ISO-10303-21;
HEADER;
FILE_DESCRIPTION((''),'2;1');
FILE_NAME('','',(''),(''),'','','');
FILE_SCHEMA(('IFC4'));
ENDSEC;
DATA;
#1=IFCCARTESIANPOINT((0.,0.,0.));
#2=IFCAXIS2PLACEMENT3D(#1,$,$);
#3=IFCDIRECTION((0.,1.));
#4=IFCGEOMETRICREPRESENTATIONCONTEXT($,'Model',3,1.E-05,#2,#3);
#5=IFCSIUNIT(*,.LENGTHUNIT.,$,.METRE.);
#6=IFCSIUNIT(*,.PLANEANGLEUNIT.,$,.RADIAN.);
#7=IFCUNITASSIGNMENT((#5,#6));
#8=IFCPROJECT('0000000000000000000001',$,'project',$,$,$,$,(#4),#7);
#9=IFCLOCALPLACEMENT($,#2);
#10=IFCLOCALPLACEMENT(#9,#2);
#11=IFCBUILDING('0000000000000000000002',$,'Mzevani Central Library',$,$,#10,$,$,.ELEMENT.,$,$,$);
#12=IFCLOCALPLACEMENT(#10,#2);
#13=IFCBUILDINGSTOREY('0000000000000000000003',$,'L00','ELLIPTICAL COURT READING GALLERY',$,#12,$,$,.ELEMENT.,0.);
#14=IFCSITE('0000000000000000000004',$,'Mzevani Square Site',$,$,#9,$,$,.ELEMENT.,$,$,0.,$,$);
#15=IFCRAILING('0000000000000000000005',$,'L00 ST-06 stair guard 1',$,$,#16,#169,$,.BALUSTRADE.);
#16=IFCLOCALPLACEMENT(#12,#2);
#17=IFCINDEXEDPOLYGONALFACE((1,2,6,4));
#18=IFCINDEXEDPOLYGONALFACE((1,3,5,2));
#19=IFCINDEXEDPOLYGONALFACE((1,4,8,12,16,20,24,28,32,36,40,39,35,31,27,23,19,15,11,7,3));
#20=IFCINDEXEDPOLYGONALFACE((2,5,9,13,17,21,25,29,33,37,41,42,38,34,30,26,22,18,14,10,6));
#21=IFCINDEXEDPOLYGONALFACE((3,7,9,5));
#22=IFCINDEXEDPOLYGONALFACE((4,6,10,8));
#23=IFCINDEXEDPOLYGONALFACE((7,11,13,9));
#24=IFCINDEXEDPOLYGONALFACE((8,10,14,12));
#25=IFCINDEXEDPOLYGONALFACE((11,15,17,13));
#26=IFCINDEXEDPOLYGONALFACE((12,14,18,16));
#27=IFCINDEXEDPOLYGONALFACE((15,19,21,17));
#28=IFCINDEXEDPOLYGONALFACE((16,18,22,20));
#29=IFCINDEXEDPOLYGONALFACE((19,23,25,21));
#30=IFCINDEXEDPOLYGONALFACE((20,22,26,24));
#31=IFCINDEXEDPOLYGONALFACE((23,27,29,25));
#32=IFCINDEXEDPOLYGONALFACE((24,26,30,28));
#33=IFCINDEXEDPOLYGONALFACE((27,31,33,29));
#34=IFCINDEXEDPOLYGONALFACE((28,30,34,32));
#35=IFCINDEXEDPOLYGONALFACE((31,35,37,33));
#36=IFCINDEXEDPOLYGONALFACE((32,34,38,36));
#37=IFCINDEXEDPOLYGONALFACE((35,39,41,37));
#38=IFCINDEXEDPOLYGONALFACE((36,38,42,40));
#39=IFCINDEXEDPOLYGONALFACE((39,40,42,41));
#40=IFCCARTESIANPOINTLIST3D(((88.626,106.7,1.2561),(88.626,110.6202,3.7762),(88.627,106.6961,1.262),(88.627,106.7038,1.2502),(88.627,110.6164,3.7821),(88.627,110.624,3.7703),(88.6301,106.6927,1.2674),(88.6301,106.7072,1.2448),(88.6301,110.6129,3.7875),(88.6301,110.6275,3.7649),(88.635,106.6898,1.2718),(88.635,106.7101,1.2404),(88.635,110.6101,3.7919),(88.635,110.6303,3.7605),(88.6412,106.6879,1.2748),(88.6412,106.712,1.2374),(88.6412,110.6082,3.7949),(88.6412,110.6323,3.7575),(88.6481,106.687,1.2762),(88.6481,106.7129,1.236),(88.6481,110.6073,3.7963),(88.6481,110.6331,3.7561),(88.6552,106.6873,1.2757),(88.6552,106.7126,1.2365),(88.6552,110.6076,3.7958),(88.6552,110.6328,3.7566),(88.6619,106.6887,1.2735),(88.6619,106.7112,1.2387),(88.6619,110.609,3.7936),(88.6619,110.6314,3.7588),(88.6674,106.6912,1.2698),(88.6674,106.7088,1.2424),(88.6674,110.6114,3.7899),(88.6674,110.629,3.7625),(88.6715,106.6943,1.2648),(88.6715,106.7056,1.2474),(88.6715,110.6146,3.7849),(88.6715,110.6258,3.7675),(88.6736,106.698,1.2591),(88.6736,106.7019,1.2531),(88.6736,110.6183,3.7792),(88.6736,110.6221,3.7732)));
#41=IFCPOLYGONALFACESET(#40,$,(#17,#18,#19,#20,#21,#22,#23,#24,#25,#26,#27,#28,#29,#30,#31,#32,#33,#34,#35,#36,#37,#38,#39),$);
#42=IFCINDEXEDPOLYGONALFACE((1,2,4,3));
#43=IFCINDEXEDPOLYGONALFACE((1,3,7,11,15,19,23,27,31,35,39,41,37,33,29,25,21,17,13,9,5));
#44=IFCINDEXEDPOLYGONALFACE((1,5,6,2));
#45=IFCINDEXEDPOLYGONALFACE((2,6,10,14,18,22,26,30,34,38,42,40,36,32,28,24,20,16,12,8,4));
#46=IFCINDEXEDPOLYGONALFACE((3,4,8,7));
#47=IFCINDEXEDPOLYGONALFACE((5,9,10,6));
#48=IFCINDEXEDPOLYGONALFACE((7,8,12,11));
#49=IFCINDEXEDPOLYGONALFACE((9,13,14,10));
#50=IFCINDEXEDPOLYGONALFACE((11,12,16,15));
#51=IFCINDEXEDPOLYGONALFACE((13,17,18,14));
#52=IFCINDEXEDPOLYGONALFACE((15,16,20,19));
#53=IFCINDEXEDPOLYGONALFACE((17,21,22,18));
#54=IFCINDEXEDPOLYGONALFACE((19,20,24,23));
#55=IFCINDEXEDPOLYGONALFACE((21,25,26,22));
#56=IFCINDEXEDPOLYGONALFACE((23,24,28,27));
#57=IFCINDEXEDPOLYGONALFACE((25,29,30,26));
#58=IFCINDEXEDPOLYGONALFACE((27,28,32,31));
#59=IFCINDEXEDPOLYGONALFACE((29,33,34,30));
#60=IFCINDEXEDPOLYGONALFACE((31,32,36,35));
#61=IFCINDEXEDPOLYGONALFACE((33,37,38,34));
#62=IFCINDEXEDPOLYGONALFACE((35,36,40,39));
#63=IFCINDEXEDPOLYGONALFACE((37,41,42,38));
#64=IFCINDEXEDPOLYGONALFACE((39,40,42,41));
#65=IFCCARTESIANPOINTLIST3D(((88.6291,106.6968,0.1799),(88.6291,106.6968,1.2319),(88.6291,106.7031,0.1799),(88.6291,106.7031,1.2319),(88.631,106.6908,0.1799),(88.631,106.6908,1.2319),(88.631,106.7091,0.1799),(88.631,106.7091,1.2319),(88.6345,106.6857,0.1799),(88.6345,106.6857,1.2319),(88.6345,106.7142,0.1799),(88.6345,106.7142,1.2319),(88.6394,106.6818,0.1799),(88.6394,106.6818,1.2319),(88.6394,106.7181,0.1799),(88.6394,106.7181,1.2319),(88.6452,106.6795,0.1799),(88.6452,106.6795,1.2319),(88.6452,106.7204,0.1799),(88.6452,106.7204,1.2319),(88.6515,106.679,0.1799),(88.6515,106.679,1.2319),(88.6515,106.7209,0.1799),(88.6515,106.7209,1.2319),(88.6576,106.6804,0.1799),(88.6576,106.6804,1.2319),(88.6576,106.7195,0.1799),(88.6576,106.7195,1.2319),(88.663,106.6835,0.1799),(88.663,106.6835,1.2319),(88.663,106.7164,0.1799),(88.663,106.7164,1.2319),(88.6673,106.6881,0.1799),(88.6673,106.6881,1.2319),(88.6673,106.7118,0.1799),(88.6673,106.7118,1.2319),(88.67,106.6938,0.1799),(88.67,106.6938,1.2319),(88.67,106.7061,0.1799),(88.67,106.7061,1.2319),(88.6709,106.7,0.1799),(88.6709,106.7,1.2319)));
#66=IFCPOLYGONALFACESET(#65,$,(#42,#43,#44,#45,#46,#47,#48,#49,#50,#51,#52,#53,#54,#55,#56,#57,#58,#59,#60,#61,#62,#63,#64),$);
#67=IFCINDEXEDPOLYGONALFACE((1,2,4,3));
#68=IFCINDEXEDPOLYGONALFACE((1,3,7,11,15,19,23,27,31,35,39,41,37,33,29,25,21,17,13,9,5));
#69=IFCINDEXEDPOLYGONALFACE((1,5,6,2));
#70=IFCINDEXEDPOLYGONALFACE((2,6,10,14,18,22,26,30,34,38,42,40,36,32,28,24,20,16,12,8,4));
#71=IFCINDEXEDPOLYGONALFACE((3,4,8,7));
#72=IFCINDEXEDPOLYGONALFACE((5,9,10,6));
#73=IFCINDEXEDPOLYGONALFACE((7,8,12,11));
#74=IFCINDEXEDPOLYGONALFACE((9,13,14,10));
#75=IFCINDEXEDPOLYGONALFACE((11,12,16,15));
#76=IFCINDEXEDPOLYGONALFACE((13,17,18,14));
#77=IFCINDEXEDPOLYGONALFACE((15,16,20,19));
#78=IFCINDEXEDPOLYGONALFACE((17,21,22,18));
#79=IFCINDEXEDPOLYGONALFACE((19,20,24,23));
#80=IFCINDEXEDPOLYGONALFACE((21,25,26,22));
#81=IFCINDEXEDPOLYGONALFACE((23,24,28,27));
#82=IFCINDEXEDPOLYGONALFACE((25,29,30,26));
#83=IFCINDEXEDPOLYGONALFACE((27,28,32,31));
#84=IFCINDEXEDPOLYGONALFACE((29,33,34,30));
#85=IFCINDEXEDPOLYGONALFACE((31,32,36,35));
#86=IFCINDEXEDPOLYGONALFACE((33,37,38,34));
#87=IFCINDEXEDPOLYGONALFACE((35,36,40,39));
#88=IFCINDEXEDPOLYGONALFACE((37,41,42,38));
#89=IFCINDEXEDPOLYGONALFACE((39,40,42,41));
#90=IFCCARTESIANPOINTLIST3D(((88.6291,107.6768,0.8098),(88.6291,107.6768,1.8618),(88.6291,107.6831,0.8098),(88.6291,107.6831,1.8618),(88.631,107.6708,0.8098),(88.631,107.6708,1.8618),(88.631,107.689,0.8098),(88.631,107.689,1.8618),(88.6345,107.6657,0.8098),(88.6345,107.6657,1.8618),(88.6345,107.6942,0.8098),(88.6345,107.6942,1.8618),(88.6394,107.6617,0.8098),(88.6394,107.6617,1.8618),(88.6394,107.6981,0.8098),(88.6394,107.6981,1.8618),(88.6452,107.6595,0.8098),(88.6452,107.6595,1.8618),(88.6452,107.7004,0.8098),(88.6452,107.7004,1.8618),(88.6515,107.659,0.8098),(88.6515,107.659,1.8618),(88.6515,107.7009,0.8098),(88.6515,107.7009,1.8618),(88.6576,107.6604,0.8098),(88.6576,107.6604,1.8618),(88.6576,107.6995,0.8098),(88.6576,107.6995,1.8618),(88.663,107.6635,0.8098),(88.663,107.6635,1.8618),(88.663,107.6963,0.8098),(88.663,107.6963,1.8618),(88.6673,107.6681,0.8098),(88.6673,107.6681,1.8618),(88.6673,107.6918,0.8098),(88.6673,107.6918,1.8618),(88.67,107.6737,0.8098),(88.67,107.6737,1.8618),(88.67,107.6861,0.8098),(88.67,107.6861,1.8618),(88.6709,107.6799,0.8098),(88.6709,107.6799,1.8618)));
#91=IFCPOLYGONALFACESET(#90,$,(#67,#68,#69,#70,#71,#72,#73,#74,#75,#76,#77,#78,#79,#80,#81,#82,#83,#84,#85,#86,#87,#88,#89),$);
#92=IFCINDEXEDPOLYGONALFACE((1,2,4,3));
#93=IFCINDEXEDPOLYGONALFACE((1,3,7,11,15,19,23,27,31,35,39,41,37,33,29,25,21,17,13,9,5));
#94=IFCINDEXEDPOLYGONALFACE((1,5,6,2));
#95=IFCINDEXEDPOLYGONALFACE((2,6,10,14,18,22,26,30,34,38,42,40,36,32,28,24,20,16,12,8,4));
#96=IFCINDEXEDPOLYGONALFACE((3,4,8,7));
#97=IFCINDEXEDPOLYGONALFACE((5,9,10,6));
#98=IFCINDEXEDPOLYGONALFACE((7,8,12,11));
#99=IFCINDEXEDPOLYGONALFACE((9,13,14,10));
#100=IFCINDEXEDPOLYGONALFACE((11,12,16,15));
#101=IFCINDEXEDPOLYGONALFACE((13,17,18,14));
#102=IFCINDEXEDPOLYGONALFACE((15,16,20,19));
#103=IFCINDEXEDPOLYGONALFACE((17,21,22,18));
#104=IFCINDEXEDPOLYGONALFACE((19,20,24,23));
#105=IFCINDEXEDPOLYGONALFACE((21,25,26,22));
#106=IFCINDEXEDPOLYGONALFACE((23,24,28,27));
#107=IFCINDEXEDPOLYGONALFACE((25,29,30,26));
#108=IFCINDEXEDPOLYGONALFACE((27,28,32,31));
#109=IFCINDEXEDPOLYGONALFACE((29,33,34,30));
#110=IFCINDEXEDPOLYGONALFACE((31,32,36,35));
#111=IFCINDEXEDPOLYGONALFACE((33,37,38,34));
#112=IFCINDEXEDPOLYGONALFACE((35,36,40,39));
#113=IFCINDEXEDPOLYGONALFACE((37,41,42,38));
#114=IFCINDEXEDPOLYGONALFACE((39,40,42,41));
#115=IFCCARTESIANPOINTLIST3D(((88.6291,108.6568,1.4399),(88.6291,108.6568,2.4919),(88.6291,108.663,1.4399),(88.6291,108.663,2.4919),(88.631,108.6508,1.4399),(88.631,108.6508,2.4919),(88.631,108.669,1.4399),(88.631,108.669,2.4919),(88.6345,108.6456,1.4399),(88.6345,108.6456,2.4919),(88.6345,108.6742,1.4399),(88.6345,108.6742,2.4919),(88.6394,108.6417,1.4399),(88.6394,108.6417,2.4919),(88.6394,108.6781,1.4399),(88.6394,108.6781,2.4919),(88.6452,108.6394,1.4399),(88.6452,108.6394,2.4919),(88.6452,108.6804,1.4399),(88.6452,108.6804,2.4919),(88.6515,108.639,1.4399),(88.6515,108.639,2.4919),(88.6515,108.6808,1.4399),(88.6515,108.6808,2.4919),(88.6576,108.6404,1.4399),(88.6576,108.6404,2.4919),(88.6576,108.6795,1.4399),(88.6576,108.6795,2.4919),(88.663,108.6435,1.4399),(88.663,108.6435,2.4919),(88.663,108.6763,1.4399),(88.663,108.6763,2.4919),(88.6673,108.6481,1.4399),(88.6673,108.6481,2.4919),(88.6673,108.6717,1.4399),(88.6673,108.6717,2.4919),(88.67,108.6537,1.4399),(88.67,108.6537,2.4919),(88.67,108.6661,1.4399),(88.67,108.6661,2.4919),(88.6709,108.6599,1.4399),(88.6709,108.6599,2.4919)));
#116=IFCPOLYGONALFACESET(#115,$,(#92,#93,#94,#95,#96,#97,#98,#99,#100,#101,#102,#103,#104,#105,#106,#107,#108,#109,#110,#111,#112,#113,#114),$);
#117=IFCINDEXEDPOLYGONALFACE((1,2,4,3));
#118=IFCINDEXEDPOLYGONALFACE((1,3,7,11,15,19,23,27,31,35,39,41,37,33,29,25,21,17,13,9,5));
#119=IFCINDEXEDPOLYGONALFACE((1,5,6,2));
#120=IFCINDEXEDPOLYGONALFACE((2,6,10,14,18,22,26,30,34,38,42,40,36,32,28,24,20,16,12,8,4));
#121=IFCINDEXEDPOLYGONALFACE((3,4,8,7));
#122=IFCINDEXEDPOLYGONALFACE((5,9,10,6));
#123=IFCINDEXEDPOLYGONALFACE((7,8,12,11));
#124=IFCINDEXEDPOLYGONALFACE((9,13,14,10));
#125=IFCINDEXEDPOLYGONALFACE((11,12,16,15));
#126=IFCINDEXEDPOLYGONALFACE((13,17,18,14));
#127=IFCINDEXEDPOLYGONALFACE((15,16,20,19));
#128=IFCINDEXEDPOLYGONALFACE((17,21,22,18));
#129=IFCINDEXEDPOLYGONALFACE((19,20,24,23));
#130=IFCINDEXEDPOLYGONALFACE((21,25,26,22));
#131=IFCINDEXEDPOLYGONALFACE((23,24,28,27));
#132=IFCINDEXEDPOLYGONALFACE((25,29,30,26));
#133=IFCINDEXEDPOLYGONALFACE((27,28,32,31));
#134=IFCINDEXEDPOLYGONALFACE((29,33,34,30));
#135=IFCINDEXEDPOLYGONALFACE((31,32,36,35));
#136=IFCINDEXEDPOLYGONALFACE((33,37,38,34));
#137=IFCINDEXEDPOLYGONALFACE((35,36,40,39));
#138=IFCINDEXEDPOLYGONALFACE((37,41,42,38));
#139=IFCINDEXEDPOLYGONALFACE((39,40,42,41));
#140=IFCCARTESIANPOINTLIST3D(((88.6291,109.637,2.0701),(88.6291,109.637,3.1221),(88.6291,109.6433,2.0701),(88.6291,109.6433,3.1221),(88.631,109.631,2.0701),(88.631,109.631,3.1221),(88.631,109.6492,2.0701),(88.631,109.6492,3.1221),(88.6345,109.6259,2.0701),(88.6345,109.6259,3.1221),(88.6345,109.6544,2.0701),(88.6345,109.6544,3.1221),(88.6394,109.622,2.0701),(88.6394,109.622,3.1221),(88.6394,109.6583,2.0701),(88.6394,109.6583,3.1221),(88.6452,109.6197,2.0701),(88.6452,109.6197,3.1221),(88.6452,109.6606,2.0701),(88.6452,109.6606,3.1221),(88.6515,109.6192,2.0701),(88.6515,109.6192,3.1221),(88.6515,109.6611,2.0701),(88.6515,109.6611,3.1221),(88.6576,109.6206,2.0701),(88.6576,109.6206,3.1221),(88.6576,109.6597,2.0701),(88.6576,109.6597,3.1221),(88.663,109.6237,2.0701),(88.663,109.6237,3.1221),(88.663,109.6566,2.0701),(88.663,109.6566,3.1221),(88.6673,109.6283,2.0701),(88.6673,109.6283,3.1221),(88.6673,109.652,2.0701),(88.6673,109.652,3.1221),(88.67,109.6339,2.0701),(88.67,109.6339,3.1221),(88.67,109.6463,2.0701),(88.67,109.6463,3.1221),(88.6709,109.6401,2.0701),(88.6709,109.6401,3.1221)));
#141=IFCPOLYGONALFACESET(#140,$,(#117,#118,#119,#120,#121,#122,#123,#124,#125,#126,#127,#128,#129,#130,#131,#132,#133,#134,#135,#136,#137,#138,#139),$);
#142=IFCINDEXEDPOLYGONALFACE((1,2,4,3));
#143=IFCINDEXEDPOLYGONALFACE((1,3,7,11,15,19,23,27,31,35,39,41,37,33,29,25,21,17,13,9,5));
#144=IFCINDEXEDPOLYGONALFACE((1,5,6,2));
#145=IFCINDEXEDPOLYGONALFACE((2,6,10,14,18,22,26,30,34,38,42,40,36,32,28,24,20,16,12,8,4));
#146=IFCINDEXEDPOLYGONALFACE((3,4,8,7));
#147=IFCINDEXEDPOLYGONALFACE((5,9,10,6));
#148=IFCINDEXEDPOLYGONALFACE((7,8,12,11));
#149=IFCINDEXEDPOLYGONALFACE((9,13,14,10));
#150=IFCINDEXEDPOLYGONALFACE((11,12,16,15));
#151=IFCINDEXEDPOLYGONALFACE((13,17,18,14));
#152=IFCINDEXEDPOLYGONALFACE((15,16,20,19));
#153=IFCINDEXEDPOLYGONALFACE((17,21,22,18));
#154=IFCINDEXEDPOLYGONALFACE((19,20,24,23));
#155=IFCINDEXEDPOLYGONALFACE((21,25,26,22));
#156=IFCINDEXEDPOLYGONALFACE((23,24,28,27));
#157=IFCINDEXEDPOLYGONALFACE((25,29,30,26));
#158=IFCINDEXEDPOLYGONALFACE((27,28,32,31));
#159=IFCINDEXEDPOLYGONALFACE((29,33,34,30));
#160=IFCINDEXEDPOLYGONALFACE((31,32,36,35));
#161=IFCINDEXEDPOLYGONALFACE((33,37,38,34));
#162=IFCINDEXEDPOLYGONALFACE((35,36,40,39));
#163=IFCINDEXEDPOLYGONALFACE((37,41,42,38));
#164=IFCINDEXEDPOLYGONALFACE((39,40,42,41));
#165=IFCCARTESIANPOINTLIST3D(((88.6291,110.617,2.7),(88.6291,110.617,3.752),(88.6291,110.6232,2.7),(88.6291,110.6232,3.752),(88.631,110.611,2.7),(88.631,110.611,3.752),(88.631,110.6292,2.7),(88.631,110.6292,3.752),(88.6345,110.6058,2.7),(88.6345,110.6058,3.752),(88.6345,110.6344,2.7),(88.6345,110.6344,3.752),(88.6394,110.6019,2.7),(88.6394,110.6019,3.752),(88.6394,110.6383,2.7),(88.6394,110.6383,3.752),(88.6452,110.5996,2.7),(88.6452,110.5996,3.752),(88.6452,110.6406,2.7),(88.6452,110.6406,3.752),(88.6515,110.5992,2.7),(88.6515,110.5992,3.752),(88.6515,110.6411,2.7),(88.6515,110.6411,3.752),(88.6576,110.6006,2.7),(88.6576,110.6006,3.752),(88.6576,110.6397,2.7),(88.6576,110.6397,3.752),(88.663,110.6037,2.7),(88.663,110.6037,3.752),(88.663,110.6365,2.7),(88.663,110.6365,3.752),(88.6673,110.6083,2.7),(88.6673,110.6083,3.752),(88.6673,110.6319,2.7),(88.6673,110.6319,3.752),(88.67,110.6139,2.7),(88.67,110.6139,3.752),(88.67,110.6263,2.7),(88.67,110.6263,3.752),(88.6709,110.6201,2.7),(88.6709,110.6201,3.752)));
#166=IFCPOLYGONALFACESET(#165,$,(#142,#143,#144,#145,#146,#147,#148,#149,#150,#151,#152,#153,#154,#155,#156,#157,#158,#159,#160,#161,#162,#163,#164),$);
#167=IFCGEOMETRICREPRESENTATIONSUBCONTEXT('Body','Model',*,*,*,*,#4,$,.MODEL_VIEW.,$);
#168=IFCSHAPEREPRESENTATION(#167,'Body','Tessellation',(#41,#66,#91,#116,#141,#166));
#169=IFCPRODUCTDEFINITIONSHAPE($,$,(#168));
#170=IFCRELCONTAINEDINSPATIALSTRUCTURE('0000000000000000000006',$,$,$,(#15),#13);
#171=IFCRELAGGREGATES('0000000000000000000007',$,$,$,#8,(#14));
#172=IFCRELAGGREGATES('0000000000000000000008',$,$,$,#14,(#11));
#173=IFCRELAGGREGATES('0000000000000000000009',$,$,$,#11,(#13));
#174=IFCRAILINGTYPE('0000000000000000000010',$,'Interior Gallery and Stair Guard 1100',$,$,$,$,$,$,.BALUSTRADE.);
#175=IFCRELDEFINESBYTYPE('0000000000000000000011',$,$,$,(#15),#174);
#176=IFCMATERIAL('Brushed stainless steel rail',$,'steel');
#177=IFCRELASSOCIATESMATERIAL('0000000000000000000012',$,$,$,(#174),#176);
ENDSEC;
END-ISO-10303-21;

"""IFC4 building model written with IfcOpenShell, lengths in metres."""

from ifc_helpers import new_model, si_unit, direction, frame, origin, origin_2d, place, context, subcontext, project, spatial, circle, extrude, material, type_object, element, save


model = new_model("IFC4")

# Units and contexts
model_context = context("Model", 3, precision=1e-05, world=origin(), true_north=direction((0.0, 1.0)))
body_context = subcontext(model_context, "Body", "Model", "MODEL_VIEW")
ifc_project = project(units=[si_unit("LENGTHUNIT", "METRE"), si_unit("PLANEANGLEUNIT", "RADIAN")], contexts=[model_context])

# Site, building, storey
site_placement = place(None, origin())
site = spatial("IfcSite", under=ifc_project, at=site_placement, Name="Mzevani Square Site", CompositionType="ELEMENT", RefElevation=0.0)
building_placement = place(site_placement, origin())
building = spatial("IfcBuilding", under=site, at=building_placement, Name="Mzevani Central Library", CompositionType="ELEMENT")
storey_placement = place(building_placement, origin())
storey = spatial("IfcBuildingStorey", under=building, at=storey_placement, Name="L00", Description="ELLIPTICAL COURT READING GALLERY", CompositionType="ELEMENT", Elevation=0.0)

# Railing
ifc_material_1 = material(Name="Brushed stainless steel rail", Category="steel")
railing_type_1 = type_object("IfcRailingType", Name="Interior Gallery and Stair Guard 1100", PredefinedType="BALUSTRADE", material=ifc_material_1)
railing_1_placement = place(storey_placement, frame((88.6499, 106.7, 0.1799)))
element("IfcRailing", 1, at=railing_1_placement, inside=storey, type_object=railing_type_1, Name="L00 ST-06 stair guard 1", PredefinedType="BALUSTRADE", context=body_context, shape_type="SweptSolid", body=[
    extrude(circle(Radius=0.0239, at=origin_2d()), frame((0.0, 0.0, 1.0762), z_axis=(0.0, 0.841187, 0.540744), x_axis=(-1.0, 0.0, 0.0)), (0.0, 0.0, 1.0), 4.6604),
    extrude(circle(Radius=0.021, at=origin_2d()), origin(), (0.0, 0.0, 1.0), 1.052),
    extrude(circle(Radius=0.021, at=origin_2d()), frame((0.0, 0.98, 0.6299)), (0.0, 0.0, 1.0), 1.052),
    extrude(circle(Radius=0.021, at=origin_2d()), frame((0.0, 1.96, 1.26)), (0.0, 0.0, 1.0), 1.052),
    extrude(circle(Radius=0.021, at=origin_2d()), frame((0.0, 2.9402, 1.8901)), (0.0, 0.0, 1.0), 1.052),
    extrude(circle(Radius=0.021, at=origin_2d()), frame((0.0, 3.9202, 2.52)), (0.0, 0.0, 1.0), 1.052),
])

save(model, "model.ifc")
